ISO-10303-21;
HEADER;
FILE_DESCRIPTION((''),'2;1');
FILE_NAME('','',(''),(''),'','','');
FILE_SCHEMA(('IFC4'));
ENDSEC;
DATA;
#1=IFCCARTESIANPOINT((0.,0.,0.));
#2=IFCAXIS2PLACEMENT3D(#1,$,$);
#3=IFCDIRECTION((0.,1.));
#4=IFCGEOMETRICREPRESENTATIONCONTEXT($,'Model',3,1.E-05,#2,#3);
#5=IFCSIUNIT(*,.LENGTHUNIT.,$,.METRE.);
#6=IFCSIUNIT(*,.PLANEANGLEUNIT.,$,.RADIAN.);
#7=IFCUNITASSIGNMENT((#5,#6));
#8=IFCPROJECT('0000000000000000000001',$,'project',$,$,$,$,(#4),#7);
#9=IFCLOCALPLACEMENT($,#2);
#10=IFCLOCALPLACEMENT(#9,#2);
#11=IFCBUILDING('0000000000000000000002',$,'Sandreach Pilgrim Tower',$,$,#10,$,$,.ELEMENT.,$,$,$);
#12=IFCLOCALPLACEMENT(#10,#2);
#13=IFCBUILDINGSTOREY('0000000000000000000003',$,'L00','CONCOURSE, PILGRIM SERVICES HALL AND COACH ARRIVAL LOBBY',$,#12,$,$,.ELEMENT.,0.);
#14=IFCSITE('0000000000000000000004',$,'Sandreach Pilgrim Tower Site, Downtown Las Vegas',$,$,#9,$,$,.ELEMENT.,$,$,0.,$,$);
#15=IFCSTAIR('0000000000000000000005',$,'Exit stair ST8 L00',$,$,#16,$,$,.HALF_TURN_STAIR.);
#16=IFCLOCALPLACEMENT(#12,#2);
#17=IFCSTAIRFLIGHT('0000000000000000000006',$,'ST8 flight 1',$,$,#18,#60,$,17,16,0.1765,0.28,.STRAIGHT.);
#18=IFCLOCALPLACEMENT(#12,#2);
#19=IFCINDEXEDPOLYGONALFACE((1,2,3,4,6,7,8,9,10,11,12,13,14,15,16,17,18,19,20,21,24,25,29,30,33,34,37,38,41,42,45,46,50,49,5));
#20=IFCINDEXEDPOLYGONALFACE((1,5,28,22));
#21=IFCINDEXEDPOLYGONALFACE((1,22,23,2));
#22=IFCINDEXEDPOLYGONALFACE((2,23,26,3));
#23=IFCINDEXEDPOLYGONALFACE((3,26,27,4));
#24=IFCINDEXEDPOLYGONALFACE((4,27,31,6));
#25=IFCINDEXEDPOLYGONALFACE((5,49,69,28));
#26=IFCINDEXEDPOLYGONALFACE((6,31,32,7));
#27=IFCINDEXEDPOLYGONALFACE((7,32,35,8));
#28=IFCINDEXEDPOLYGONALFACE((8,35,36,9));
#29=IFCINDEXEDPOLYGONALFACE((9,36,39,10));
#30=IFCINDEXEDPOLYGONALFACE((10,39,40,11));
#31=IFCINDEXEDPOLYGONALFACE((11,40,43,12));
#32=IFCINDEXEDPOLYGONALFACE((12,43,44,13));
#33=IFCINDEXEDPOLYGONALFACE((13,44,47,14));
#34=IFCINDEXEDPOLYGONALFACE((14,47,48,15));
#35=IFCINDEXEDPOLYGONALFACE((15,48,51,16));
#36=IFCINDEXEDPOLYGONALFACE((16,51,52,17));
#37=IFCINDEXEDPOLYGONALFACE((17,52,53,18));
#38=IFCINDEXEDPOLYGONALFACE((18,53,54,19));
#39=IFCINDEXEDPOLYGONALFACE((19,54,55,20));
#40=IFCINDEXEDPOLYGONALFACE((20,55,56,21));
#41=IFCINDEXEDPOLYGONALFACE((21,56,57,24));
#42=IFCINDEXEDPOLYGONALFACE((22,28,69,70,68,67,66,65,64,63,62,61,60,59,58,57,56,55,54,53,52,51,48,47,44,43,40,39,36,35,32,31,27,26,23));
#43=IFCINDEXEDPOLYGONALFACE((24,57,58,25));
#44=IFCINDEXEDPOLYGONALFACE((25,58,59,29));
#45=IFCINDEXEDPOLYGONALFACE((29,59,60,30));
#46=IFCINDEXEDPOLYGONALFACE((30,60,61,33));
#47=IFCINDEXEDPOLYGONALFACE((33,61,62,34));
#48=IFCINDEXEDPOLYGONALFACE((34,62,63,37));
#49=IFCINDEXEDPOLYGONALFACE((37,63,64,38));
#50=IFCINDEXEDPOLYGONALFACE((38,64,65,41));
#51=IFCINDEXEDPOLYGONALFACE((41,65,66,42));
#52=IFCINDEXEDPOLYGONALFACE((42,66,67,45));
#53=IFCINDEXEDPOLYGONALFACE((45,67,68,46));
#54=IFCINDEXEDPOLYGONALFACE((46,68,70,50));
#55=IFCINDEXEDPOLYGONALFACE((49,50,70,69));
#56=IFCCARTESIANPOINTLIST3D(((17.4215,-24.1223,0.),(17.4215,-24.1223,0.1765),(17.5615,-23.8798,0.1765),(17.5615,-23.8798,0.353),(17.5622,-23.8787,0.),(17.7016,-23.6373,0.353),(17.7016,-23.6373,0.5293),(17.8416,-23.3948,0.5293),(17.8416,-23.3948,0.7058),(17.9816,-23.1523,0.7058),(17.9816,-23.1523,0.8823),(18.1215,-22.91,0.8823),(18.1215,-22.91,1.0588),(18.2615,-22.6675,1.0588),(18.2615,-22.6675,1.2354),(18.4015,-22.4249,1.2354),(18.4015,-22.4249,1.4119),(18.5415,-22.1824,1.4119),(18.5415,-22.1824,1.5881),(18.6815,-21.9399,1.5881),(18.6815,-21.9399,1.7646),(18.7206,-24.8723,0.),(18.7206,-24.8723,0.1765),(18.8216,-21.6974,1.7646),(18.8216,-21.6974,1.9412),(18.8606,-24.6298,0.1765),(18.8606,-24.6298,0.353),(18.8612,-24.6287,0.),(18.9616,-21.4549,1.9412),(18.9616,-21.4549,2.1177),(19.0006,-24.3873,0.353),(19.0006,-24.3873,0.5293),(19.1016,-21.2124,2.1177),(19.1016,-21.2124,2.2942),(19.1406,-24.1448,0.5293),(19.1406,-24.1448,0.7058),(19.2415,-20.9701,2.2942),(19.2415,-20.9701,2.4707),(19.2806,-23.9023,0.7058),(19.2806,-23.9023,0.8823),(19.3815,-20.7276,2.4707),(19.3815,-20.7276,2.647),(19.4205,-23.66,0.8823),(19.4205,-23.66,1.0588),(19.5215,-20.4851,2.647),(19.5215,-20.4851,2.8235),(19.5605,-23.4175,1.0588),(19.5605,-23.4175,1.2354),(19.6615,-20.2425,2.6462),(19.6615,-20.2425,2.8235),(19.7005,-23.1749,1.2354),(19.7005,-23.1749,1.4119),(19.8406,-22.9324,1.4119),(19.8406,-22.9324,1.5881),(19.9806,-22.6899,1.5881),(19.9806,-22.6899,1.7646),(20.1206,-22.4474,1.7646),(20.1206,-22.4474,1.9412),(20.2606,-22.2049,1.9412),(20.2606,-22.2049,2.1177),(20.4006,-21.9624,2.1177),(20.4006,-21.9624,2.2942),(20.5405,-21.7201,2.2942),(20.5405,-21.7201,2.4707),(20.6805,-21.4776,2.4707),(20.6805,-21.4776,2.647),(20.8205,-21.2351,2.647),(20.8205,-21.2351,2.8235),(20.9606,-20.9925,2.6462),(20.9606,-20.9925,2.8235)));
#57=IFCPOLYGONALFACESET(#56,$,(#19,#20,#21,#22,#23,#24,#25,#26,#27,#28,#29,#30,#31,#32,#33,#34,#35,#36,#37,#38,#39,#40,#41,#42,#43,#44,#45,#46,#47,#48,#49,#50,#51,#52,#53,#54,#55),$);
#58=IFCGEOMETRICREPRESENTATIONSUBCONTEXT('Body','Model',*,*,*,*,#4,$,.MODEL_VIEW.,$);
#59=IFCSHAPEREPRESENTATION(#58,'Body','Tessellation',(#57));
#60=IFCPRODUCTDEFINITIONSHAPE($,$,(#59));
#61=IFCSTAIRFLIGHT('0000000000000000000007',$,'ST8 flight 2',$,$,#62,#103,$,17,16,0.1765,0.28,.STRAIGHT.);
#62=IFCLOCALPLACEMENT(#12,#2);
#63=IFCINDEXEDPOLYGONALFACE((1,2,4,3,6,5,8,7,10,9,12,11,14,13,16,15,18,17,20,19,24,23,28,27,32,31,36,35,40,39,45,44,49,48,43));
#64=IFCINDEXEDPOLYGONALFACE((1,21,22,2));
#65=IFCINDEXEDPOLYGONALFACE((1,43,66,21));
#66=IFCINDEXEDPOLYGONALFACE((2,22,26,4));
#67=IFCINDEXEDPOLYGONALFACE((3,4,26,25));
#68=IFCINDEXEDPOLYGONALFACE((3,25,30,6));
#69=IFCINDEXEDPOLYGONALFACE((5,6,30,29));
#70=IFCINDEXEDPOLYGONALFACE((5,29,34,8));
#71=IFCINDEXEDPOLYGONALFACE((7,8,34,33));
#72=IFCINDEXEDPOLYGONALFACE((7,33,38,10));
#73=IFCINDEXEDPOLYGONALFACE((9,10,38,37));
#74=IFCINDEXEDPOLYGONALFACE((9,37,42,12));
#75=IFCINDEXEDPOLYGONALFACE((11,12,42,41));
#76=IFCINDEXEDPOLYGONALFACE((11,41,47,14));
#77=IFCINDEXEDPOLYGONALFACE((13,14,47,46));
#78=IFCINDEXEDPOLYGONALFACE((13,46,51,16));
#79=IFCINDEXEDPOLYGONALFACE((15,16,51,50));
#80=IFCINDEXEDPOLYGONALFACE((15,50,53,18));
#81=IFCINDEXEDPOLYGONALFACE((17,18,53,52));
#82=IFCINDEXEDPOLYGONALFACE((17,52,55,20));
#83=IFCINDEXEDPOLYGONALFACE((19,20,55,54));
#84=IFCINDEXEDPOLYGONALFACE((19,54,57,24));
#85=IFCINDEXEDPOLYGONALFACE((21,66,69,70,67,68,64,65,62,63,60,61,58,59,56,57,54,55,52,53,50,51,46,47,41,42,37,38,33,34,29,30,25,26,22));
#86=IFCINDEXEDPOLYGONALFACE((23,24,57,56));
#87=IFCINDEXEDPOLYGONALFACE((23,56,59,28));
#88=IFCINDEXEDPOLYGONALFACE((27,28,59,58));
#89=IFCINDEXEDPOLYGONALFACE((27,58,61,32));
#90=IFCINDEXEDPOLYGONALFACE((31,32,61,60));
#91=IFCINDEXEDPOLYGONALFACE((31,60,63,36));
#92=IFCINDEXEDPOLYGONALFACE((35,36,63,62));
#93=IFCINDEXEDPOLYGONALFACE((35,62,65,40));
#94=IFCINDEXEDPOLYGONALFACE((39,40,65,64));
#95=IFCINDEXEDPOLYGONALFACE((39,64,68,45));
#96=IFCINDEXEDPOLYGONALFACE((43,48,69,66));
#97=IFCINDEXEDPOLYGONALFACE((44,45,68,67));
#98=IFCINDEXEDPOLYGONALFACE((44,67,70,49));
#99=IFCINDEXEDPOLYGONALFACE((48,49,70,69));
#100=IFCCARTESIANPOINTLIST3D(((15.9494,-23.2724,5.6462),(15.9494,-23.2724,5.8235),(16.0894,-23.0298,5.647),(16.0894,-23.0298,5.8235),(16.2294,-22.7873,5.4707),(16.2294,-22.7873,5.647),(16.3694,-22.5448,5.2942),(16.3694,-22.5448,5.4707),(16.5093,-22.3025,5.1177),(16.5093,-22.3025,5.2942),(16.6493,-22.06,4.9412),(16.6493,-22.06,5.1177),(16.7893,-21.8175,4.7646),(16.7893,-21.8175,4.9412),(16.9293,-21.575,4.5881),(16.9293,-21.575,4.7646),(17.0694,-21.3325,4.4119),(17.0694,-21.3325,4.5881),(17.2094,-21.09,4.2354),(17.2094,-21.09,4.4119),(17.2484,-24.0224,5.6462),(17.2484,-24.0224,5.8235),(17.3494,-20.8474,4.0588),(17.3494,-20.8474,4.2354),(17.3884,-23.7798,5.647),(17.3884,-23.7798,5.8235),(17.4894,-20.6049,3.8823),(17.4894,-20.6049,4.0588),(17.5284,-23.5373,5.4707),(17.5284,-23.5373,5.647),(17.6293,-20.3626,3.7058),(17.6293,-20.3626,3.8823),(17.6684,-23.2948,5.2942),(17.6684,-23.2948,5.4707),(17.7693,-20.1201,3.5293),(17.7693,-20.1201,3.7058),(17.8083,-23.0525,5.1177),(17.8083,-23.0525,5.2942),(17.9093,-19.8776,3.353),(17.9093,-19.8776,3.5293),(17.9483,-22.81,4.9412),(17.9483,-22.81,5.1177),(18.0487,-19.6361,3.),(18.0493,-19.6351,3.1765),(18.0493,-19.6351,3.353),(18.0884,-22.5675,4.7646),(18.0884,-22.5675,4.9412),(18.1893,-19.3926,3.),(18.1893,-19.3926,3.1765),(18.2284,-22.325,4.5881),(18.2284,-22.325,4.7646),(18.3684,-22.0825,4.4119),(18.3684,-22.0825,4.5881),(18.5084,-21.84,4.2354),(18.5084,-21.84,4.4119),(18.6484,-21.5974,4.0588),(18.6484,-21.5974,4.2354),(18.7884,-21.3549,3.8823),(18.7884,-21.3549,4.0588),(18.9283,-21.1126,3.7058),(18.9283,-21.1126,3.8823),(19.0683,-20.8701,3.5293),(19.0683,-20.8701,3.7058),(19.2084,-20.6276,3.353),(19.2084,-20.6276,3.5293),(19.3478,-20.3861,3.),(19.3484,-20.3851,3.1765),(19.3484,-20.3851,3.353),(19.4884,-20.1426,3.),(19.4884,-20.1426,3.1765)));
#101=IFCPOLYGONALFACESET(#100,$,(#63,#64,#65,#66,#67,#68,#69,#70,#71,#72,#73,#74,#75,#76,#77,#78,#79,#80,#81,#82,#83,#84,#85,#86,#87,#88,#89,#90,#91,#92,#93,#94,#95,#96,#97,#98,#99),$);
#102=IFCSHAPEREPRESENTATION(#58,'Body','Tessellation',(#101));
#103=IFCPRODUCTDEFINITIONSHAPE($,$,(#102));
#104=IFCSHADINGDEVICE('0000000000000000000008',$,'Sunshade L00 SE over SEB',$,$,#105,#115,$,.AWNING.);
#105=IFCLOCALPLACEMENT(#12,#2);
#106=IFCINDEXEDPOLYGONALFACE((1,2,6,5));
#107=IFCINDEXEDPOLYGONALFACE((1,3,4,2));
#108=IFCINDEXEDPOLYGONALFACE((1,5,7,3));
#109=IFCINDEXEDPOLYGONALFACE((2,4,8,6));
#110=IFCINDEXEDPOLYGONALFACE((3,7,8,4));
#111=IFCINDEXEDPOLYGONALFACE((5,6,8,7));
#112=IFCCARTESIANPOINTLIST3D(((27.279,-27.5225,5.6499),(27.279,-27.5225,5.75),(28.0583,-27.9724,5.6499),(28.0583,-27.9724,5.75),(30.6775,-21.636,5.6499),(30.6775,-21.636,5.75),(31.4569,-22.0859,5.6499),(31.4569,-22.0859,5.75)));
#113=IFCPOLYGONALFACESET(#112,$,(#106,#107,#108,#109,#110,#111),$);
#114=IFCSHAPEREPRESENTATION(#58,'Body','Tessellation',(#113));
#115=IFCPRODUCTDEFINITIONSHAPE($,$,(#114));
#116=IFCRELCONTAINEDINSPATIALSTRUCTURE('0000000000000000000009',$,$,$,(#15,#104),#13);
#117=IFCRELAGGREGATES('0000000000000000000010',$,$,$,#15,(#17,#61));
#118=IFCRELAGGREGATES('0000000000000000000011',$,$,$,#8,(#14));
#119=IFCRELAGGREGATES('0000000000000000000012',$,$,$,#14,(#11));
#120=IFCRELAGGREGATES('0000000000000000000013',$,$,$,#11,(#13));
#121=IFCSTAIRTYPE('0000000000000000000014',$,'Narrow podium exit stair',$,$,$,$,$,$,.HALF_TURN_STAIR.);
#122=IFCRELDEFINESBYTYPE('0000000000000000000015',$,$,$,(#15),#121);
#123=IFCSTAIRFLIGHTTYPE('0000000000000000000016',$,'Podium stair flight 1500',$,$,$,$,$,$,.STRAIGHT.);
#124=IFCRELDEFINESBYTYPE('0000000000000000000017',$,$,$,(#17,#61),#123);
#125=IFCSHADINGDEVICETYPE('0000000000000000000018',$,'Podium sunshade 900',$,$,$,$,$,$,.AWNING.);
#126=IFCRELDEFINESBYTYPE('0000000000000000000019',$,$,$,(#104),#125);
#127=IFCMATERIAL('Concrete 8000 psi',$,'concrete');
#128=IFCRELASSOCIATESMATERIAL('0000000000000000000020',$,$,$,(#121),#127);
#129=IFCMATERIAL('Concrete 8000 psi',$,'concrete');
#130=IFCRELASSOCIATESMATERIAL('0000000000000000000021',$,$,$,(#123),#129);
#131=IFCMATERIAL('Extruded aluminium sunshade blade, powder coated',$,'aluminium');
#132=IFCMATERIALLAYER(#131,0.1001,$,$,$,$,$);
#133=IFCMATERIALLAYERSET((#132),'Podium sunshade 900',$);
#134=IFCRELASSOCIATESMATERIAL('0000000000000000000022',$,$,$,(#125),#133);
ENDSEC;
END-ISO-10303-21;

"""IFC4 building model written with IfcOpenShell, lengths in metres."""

from ifc_helpers import new_model, si_unit, direction, frame, origin, origin_2d, place, context, subcontext, project, spatial, polyline, rectangle, outline, extrude, material, layer, layer_set, type_object, element, aggregate, save


model = new_model("IFC4")

# Units and contexts
model_context = context("Model", 3, precision=1e-05, world=origin(), true_north=direction((0.0, 1.0)))
body_context = subcontext(model_context, "Body", "Model", "MODEL_VIEW")
ifc_project = project(units=[si_unit("LENGTHUNIT", "METRE"), si_unit("PLANEANGLEUNIT", "RADIAN")], contexts=[model_context])

# Site, building, storey
site_placement = place(None, origin())
site = spatial("IfcSite", under=ifc_project, at=site_placement, Name="Sandreach Pilgrim Tower Site, Downtown Las Vegas", CompositionType="ELEMENT", RefElevation=0.0)
building_placement = place(site_placement, origin())
building = spatial("IfcBuilding", under=site, at=building_placement, Name="Sandreach Pilgrim Tower", CompositionType="ELEMENT")
storey_placement = place(building_placement, origin())
storey = spatial("IfcBuildingStorey", under=building, at=storey_placement, Name="L00", Description="CONCOURSE, PILGRIM SERVICES HALL AND COACH ARRIVAL LOBBY", CompositionType="ELEMENT", Elevation=0.0)

# Stair, stair flights
ifc_material_1 = material(Name="Concrete 8000 psi", Category="concrete")
stair_type = type_object("IfcStairType", Name="Narrow podium exit stair", PredefinedType="HALF_TURN_STAIR", material=ifc_material_1)
stair_placement = place(storey_placement, origin())
stair = element("IfcStair", 1, at=stair_placement, inside=storey, type_object=stair_type, Name="Exit stair ST8 L00", PredefinedType="HALF_TURN_STAIR")
ifc_material_2 = material(Name="Concrete 8000 psi", Category="concrete")
stair_flight_type = type_object("IfcStairFlightType", Name="Podium stair flight 1500", PredefinedType="STRAIGHT", material=ifc_material_2)
stair_flight_1_placement = place(storey_placement, frame((18.071, -24.4973, 0.0), z_axis=(0.0, 0.0, 1.0), x_axis=(0.5, 0.866025, 0.0)))
stair_flight_1 = element("IfcStairFlight", 2, at=stair_flight_1_placement, type_object=stair_flight_type, Name="ST8 flight 1", NumberOfRisers=17, NumberOfTreads=16, PredefinedType="STRAIGHT", RiserHeight=0.1765, TreadLength=0.28, context=body_context, shape_type="SweptSolid", body=[
    extrude(outline(polyline([(0.0, 0.0), (0.0, 0.1765), (0.28, 0.1765), (0.28, 0.353), (0.5601, 0.353), (0.5601, 0.5293), (0.8401, 0.5293), (0.8401, 0.7058), (1.1201, 0.7058), (1.1201, 0.8823), (1.3999, 0.8823), (1.3999, 1.0588), (1.6799, 1.0588), (1.6799, 1.2354), (1.96, 1.2354), (1.96, 1.4119), (2.24, 1.4119), (2.24, 1.5881), (2.52, 1.5881), (2.52, 1.7646), (2.8, 1.7646), (2.8, 1.9412), (3.0801, 1.9412), (3.0801, 2.1177), (3.3601, 2.1177), (3.3601, 2.2942), (3.6399, 2.2942), (3.6399, 2.4707), (3.9199, 2.4707), (3.9199, 2.647), (4.2, 2.647), (4.2, 2.8235), (4.48, 2.8235), (4.48, 3.0), (4.48, 2.6462), (0.2812, 0.0), (0.0, 0.0)])), frame((0.0, 0.75, 0.0), z_axis=(0.0, -1.0, 0.0), x_axis=(1.0, 0.0, 0.0)), (0.0, 0.0, 1.0), 1.5),
])
stair_flight_2_placement = place(storey_placement, frame((18.8389, -19.7676, 3.0), z_axis=(0.0, 0.0, 1.0), x_axis=(-0.5, -0.866025, 0.0)))
stair_flight_2 = element("IfcStairFlight", 3, at=stair_flight_2_placement, type_object=stair_flight_type, Name="ST8 flight 2", NumberOfRisers=17, NumberOfTreads=16, PredefinedType="STRAIGHT", RiserHeight=0.1765, TreadLength=0.28, context=body_context, shape_type="SweptSolid", body=[
    extrude(outline(polyline([(0.0, 0.0), (0.0, 0.1765), (0.28, 0.1765), (0.28, 0.353), (0.5601, 0.353), (0.5601, 0.5293), (0.8401, 0.5293), (0.8401, 0.7058), (1.1201, 0.7058), (1.1201, 0.8823), (1.3999, 0.8823), (1.3999, 1.0588), (1.6799, 1.0588), (1.6799, 1.2354), (1.96, 1.2354), (1.96, 1.4119), (2.24, 1.4119), (2.24, 1.5881), (2.52, 1.5881), (2.52, 1.7646), (2.8, 1.7646), (2.8, 1.9412), (3.0801, 1.9412), (3.0801, 2.1177), (3.3601, 2.1177), (3.3601, 2.2942), (3.6399, 2.2942), (3.6399, 2.4707), (3.9199, 2.4707), (3.9199, 2.647), (4.2, 2.647), (4.2, 2.8235), (4.48, 2.8235), (4.48, 3.0), (4.48, 2.6462), (0.2812, 0.0), (0.0, 0.0)])), frame((0.0, 0.75, 0.0), z_axis=(0.0, -1.0, 0.0), x_axis=(1.0, 0.0, 0.0)), (0.0, 0.0, 1.0), 1.5),
])
aggregate(stair, [stair_flight_1, stair_flight_2])

# Shading device
ifc_material_3 = material(Name="Extruded aluminium sunshade blade, powder coated", Category="aluminium")
ifc_layer_1 = layer(ifc_material_3, 0.1001)
ifc_layer_set_1 = layer_set([ifc_layer_1], Name="Podium sunshade 900")
shading_device_type = type_object("IfcShadingDeviceType", Name="Podium sunshade 900", PredefinedType="AWNING", material=ifc_layer_set_1)
shading_device_placement = place(storey_placement, frame((29.3679, -24.8042, 5.6499), z_axis=(0.0, 0.0, 1.0), x_axis=(-0.5, -0.866025, 0.0)))
element("IfcShadingDevice", 4, at=shading_device_placement, inside=storey, type_object=shading_device_type, Name="Sunshade L00 SE over SEB", PredefinedType="AWNING", context=body_context, shape_type="SweptSolid", body=[
    extrude(rectangle(XDim=6.7971, YDim=0.8999, at=origin_2d()), origin(), (0.0, 0.0, 1.0), 0.1001),
])

save(model, "model.ifc")
